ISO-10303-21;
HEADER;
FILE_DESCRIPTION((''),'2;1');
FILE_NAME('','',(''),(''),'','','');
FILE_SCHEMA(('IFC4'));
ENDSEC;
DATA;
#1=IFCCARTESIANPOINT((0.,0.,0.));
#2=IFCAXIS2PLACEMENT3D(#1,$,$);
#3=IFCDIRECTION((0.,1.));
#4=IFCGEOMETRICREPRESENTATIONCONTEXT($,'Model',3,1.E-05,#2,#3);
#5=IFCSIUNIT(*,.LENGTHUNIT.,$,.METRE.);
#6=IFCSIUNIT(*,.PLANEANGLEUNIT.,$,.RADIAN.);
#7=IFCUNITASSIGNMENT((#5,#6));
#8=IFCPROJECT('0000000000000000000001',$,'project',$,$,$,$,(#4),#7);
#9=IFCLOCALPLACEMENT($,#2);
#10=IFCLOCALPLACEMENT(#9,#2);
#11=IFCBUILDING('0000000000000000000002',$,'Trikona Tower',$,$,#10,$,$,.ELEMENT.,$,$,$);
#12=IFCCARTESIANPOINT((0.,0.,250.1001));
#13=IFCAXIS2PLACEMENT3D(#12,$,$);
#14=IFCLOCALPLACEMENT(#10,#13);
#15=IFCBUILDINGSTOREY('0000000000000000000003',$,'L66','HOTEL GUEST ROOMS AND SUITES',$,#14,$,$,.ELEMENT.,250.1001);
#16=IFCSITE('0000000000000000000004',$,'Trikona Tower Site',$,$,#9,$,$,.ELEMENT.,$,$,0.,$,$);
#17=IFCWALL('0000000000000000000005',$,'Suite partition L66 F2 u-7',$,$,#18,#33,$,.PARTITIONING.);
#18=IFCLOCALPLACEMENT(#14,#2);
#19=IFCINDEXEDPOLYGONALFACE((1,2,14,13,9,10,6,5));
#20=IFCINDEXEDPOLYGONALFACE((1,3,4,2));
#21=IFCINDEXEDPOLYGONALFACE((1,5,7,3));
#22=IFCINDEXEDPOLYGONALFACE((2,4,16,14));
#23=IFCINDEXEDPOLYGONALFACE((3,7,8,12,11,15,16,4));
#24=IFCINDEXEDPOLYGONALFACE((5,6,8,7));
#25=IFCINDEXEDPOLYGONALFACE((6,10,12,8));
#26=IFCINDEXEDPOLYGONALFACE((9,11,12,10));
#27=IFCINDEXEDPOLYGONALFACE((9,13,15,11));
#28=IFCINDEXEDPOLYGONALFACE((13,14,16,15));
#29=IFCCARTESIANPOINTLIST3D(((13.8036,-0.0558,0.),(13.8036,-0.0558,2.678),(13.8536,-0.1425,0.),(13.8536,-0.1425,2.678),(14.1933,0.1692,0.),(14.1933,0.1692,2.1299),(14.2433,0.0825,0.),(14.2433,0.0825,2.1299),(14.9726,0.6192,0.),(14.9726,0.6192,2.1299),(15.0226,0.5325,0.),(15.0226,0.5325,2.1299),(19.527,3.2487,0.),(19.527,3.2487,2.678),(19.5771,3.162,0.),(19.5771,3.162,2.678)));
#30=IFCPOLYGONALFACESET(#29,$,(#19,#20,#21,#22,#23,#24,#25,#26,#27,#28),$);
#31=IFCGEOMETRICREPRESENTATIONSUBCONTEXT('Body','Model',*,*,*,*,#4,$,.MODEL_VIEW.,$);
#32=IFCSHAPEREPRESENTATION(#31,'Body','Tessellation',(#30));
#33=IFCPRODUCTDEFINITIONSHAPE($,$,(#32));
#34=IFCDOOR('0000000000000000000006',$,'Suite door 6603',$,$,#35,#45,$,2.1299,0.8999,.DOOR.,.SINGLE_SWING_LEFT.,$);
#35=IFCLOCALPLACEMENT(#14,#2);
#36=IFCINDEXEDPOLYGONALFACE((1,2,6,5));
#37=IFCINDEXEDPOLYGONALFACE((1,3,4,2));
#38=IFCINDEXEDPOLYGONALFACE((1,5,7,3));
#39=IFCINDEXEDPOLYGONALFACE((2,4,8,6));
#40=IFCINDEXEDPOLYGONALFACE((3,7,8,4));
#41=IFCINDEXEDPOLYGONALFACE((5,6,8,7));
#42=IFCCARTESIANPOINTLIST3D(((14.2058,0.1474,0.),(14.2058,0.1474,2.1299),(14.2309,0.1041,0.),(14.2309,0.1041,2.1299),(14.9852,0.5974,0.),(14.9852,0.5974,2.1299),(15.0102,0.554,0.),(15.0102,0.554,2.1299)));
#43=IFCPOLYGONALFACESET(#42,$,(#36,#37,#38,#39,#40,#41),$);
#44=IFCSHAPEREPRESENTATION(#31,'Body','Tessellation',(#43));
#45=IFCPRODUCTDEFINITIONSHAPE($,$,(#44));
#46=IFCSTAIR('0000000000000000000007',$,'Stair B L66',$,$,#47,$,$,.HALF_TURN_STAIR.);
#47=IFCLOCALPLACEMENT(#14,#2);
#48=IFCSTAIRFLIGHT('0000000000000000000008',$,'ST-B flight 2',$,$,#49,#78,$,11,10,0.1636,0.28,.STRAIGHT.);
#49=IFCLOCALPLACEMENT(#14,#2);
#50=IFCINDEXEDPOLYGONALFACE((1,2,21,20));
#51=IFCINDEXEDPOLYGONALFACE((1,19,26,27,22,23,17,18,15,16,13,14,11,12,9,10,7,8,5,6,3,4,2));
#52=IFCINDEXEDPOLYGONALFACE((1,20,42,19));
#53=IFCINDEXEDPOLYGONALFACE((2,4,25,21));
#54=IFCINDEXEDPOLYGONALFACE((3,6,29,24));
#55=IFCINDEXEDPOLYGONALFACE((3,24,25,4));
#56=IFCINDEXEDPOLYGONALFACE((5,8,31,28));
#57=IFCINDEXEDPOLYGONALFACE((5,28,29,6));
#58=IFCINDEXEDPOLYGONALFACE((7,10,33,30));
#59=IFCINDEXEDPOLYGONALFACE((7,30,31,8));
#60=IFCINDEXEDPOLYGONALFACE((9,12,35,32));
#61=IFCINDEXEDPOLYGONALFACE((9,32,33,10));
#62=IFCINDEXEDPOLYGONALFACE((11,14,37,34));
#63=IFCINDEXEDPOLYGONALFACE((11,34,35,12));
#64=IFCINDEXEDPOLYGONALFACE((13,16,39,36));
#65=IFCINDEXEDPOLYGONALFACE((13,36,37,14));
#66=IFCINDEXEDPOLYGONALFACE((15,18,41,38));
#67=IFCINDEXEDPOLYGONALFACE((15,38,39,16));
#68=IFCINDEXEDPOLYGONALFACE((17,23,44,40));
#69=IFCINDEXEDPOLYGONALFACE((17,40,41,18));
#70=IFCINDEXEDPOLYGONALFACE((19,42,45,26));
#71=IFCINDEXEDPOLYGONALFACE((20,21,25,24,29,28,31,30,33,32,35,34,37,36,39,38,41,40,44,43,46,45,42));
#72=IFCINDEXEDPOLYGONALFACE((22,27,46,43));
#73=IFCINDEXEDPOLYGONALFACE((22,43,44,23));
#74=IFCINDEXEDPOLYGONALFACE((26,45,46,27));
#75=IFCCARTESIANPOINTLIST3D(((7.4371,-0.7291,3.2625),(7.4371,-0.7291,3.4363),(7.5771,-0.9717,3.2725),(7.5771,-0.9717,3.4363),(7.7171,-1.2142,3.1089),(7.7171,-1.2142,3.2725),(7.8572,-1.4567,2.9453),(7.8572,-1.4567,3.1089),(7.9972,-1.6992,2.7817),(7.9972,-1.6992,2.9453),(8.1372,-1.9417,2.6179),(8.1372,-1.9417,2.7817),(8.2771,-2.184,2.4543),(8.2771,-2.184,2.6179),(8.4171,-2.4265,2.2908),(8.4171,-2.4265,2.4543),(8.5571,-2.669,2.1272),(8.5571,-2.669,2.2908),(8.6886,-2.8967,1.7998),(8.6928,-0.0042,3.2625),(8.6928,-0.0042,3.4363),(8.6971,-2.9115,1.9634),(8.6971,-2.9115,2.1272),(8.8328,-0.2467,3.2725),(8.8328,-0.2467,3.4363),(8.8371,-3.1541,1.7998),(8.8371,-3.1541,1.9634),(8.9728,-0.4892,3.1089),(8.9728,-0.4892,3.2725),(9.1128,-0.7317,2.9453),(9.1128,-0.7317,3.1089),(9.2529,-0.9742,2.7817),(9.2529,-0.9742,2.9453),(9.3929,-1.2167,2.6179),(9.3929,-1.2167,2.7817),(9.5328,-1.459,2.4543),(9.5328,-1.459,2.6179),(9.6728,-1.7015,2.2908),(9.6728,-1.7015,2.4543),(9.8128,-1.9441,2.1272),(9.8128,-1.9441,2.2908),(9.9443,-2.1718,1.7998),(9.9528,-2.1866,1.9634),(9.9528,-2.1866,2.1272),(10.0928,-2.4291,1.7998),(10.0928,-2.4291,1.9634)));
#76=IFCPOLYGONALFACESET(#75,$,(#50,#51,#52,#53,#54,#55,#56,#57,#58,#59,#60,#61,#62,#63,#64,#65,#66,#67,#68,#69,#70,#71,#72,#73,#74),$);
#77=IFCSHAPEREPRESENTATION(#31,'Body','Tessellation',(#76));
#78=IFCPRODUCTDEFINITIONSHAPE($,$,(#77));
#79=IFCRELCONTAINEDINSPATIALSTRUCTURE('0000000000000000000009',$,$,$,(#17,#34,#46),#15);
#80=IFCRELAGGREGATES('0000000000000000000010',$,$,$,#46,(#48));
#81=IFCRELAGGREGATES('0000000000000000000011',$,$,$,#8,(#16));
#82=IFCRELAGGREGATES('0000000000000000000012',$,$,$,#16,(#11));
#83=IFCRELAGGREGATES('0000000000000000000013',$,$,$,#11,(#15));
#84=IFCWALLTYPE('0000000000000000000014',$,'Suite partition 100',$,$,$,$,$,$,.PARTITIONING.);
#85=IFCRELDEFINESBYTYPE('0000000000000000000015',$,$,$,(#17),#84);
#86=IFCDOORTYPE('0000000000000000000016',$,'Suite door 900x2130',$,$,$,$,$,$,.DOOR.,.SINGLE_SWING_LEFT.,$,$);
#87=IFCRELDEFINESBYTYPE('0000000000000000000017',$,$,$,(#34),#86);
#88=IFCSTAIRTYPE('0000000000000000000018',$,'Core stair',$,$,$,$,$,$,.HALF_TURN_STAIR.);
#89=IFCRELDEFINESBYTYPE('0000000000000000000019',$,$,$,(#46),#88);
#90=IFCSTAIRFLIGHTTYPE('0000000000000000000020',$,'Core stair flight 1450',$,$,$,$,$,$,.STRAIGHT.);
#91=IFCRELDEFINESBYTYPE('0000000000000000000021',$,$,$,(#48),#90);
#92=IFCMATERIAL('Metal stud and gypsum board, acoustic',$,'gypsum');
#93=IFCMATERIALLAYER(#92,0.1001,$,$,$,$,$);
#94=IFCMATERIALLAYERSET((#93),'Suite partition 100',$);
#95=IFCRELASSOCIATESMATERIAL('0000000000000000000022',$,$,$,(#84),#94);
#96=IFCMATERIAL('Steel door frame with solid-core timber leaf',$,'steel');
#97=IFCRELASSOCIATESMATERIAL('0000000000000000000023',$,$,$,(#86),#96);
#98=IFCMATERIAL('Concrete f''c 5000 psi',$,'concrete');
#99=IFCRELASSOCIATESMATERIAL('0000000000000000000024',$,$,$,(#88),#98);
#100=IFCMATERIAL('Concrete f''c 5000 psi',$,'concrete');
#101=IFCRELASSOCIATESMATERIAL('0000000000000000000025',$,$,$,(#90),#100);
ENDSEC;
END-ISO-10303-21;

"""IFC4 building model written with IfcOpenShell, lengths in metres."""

from ifc_helpers import new_model, si_unit, direction, frame, frame_2d, origin, place, context, subcontext, project, spatial, polyline, rectangle, outline, extrude, material, layer, layer_set, type_object, element, fill, aggregate, save


model = new_model("IFC4")

# Units and contexts
model_context = context("Model", 3, precision=1e-05, world=origin(), true_north=direction((0.0, 1.0)))
body_context = subcontext(model_context, "Body", "Model", "MODEL_VIEW")
ifc_project = project(units=[si_unit("LENGTHUNIT", "METRE"), si_unit("PLANEANGLEUNIT", "RADIAN")], contexts=[model_context])

# Site, building, storey
site_placement = place(None, origin())
site = spatial("IfcSite", under=ifc_project, at=site_placement, Name="Trikona Tower Site", CompositionType="ELEMENT", RefElevation=0.0)
building_placement = place(site_placement, origin())
building = spatial("IfcBuilding", under=site, at=building_placement, Name="Trikona Tower", CompositionType="ELEMENT")
storey_placement = place(building_placement, frame((0.0, 0.0, 250.1001)))
storey = spatial("IfcBuildingStorey", under=building, at=storey_placement, Name="L66", Description="HOTEL GUEST ROOMS AND SUITES", CompositionType="ELEMENT", Elevation=250.1001)

# Wall, opening, door
ifc_material_1 = material(Name="Metal stud and gypsum board, acoustic", Category="gypsum")
ifc_layer_1 = layer(ifc_material_1, 0.1001)
ifc_layer_set_1 = layer_set([ifc_layer_1], Name="Suite partition 100")
wall_type_1 = type_object("IfcWallType", Name="Suite partition 100", PredefinedType="PARTITIONING", material=ifc_layer_set_1)
wall_1_placement = place(storey_placement, frame((13.8286, -0.0991, 0.0), z_axis=(0.0, 0.0, 1.0), x_axis=(0.866023, 0.500005, 0.0)))
wall_1 = element("IfcWall", 1, at=wall_1_placement, inside=storey, type_object=wall_type_1, Name="Suite partition L66 F2 u-7", PredefinedType="PARTITIONING", context=body_context, shape_type="SweptSolid", body=[
    extrude(rectangle(XDim=6.6089, YDim=0.1001, at=frame_2d((3.3044, 0.0))), origin(), (0.0, 0.0, 1.0), 2.678),
])
opening_1_placement = place(wall_1_placement, frame((0.45, 0.0, 0.0)))
opening_1 = element("IfcOpeningElement", 2, at=opening_1_placement, cuts=wall_1, PredefinedType="OPENING", context=body_context, shape_type="SweptSolid", body=[
    extrude(rectangle(XDim=0.8999, YDim=2.1299, at=frame_2d((0.45, 1.0649))), frame((0.0, 0.0601, 0.0), z_axis=(0.0, -1.0, 0.0), x_axis=(1.0, 0.0, 0.0)), (0.0, 0.0, 1.0), 0.1201),
])
ifc_material_2 = material(Name="Steel door frame with solid-core timber leaf", Category="steel")
door_type_1 = type_object("IfcDoorType", Name="Suite door 900x2130", OperationType="SINGLE_SWING_LEFT", PredefinedType="DOOR", material=ifc_material_2)
door_1_placement = place(opening_1_placement, origin())
door_1 = element("IfcDoor", 3, at=door_1_placement, inside=storey, type_object=door_type_1, Name="Suite door 6603", OperationType="SINGLE_SWING_LEFT", OverallHeight=2.1299, OverallWidth=0.8999, PredefinedType="DOOR", context=body_context, shape_type="SweptSolid", body=[
    extrude(rectangle(XDim=0.8999, YDim=2.1299, at=frame_2d((0.45, 1.0649))), frame((0.0, 0.0249, 0.0), z_axis=(0.0, -1.0, 0.0), x_axis=(1.0, 0.0, 0.0)), (0.0, 0.0, 1.0), 0.05),
])
fill(opening_1, door_1)

# Stair, stair flight
ifc_material_3 = material(Name="Concrete f'c 5000 psi", Category="concrete")
stair_type = type_object("IfcStairType", Name="Core stair", PredefinedType="HALF_TURN_STAIR", material=ifc_material_3)
stair_placement = place(storey_placement, origin())
stair = element("IfcStair", 4, at=stair_placement, inside=storey, type_object=stair_type, Name="Stair B L66", PredefinedType="HALF_TURN_STAIR")
ifc_material_4 = material(Name="Concrete f'c 5000 psi", Category="concrete")
stair_flight_type = type_object("IfcStairFlightType", Name="Core stair flight 1450", PredefinedType="STRAIGHT", material=ifc_material_4)
stair_flight_placement = place(storey_placement, frame((9.4651, -2.7915, 1.7998), z_axis=(0.0, 0.0, 1.0), x_axis=(-0.5, 0.866025, 0.0)))
stair_flight = element("IfcStairFlight", 5, at=stair_flight_placement, type_object=stair_flight_type, Name="ST-B flight 2", NumberOfRisers=11, NumberOfTreads=10, PredefinedType="STRAIGHT", RiserHeight=0.1636, TreadLength=0.28, context=body_context, shape_type="SweptSolid", body=[
    extrude(outline(polyline([(0.0, 0.0), (0.0, 0.1636), (0.28, 0.1636), (0.28, 0.3274), (0.5601, 0.3274), (0.5601, 0.491), (0.8401, 0.491), (0.8401, 0.6545), (1.1201, 0.6545), (1.1201, 0.8181), (1.3999, 0.8181), (1.3999, 0.9819), (1.6799, 0.9819), (1.6799, 1.1455), (1.96, 1.1455), (1.96, 1.3091), (2.24, 1.3091), (2.24, 1.4727), (2.52, 1.4727), (2.52, 1.6365), (2.8, 1.6365), (2.8, 1.8), (2.8, 1.4626), (0.2971, 0.0), (0.0, 0.0)])), frame((0.0, 0.7251, 0.0), z_axis=(0.0, -1.0, 0.0), x_axis=(1.0, 0.0, 0.0)), (0.0, 0.0, 1.0), 1.45),
])
aggregate(stair, [stair_flight])

save(model, "model.ifc")
